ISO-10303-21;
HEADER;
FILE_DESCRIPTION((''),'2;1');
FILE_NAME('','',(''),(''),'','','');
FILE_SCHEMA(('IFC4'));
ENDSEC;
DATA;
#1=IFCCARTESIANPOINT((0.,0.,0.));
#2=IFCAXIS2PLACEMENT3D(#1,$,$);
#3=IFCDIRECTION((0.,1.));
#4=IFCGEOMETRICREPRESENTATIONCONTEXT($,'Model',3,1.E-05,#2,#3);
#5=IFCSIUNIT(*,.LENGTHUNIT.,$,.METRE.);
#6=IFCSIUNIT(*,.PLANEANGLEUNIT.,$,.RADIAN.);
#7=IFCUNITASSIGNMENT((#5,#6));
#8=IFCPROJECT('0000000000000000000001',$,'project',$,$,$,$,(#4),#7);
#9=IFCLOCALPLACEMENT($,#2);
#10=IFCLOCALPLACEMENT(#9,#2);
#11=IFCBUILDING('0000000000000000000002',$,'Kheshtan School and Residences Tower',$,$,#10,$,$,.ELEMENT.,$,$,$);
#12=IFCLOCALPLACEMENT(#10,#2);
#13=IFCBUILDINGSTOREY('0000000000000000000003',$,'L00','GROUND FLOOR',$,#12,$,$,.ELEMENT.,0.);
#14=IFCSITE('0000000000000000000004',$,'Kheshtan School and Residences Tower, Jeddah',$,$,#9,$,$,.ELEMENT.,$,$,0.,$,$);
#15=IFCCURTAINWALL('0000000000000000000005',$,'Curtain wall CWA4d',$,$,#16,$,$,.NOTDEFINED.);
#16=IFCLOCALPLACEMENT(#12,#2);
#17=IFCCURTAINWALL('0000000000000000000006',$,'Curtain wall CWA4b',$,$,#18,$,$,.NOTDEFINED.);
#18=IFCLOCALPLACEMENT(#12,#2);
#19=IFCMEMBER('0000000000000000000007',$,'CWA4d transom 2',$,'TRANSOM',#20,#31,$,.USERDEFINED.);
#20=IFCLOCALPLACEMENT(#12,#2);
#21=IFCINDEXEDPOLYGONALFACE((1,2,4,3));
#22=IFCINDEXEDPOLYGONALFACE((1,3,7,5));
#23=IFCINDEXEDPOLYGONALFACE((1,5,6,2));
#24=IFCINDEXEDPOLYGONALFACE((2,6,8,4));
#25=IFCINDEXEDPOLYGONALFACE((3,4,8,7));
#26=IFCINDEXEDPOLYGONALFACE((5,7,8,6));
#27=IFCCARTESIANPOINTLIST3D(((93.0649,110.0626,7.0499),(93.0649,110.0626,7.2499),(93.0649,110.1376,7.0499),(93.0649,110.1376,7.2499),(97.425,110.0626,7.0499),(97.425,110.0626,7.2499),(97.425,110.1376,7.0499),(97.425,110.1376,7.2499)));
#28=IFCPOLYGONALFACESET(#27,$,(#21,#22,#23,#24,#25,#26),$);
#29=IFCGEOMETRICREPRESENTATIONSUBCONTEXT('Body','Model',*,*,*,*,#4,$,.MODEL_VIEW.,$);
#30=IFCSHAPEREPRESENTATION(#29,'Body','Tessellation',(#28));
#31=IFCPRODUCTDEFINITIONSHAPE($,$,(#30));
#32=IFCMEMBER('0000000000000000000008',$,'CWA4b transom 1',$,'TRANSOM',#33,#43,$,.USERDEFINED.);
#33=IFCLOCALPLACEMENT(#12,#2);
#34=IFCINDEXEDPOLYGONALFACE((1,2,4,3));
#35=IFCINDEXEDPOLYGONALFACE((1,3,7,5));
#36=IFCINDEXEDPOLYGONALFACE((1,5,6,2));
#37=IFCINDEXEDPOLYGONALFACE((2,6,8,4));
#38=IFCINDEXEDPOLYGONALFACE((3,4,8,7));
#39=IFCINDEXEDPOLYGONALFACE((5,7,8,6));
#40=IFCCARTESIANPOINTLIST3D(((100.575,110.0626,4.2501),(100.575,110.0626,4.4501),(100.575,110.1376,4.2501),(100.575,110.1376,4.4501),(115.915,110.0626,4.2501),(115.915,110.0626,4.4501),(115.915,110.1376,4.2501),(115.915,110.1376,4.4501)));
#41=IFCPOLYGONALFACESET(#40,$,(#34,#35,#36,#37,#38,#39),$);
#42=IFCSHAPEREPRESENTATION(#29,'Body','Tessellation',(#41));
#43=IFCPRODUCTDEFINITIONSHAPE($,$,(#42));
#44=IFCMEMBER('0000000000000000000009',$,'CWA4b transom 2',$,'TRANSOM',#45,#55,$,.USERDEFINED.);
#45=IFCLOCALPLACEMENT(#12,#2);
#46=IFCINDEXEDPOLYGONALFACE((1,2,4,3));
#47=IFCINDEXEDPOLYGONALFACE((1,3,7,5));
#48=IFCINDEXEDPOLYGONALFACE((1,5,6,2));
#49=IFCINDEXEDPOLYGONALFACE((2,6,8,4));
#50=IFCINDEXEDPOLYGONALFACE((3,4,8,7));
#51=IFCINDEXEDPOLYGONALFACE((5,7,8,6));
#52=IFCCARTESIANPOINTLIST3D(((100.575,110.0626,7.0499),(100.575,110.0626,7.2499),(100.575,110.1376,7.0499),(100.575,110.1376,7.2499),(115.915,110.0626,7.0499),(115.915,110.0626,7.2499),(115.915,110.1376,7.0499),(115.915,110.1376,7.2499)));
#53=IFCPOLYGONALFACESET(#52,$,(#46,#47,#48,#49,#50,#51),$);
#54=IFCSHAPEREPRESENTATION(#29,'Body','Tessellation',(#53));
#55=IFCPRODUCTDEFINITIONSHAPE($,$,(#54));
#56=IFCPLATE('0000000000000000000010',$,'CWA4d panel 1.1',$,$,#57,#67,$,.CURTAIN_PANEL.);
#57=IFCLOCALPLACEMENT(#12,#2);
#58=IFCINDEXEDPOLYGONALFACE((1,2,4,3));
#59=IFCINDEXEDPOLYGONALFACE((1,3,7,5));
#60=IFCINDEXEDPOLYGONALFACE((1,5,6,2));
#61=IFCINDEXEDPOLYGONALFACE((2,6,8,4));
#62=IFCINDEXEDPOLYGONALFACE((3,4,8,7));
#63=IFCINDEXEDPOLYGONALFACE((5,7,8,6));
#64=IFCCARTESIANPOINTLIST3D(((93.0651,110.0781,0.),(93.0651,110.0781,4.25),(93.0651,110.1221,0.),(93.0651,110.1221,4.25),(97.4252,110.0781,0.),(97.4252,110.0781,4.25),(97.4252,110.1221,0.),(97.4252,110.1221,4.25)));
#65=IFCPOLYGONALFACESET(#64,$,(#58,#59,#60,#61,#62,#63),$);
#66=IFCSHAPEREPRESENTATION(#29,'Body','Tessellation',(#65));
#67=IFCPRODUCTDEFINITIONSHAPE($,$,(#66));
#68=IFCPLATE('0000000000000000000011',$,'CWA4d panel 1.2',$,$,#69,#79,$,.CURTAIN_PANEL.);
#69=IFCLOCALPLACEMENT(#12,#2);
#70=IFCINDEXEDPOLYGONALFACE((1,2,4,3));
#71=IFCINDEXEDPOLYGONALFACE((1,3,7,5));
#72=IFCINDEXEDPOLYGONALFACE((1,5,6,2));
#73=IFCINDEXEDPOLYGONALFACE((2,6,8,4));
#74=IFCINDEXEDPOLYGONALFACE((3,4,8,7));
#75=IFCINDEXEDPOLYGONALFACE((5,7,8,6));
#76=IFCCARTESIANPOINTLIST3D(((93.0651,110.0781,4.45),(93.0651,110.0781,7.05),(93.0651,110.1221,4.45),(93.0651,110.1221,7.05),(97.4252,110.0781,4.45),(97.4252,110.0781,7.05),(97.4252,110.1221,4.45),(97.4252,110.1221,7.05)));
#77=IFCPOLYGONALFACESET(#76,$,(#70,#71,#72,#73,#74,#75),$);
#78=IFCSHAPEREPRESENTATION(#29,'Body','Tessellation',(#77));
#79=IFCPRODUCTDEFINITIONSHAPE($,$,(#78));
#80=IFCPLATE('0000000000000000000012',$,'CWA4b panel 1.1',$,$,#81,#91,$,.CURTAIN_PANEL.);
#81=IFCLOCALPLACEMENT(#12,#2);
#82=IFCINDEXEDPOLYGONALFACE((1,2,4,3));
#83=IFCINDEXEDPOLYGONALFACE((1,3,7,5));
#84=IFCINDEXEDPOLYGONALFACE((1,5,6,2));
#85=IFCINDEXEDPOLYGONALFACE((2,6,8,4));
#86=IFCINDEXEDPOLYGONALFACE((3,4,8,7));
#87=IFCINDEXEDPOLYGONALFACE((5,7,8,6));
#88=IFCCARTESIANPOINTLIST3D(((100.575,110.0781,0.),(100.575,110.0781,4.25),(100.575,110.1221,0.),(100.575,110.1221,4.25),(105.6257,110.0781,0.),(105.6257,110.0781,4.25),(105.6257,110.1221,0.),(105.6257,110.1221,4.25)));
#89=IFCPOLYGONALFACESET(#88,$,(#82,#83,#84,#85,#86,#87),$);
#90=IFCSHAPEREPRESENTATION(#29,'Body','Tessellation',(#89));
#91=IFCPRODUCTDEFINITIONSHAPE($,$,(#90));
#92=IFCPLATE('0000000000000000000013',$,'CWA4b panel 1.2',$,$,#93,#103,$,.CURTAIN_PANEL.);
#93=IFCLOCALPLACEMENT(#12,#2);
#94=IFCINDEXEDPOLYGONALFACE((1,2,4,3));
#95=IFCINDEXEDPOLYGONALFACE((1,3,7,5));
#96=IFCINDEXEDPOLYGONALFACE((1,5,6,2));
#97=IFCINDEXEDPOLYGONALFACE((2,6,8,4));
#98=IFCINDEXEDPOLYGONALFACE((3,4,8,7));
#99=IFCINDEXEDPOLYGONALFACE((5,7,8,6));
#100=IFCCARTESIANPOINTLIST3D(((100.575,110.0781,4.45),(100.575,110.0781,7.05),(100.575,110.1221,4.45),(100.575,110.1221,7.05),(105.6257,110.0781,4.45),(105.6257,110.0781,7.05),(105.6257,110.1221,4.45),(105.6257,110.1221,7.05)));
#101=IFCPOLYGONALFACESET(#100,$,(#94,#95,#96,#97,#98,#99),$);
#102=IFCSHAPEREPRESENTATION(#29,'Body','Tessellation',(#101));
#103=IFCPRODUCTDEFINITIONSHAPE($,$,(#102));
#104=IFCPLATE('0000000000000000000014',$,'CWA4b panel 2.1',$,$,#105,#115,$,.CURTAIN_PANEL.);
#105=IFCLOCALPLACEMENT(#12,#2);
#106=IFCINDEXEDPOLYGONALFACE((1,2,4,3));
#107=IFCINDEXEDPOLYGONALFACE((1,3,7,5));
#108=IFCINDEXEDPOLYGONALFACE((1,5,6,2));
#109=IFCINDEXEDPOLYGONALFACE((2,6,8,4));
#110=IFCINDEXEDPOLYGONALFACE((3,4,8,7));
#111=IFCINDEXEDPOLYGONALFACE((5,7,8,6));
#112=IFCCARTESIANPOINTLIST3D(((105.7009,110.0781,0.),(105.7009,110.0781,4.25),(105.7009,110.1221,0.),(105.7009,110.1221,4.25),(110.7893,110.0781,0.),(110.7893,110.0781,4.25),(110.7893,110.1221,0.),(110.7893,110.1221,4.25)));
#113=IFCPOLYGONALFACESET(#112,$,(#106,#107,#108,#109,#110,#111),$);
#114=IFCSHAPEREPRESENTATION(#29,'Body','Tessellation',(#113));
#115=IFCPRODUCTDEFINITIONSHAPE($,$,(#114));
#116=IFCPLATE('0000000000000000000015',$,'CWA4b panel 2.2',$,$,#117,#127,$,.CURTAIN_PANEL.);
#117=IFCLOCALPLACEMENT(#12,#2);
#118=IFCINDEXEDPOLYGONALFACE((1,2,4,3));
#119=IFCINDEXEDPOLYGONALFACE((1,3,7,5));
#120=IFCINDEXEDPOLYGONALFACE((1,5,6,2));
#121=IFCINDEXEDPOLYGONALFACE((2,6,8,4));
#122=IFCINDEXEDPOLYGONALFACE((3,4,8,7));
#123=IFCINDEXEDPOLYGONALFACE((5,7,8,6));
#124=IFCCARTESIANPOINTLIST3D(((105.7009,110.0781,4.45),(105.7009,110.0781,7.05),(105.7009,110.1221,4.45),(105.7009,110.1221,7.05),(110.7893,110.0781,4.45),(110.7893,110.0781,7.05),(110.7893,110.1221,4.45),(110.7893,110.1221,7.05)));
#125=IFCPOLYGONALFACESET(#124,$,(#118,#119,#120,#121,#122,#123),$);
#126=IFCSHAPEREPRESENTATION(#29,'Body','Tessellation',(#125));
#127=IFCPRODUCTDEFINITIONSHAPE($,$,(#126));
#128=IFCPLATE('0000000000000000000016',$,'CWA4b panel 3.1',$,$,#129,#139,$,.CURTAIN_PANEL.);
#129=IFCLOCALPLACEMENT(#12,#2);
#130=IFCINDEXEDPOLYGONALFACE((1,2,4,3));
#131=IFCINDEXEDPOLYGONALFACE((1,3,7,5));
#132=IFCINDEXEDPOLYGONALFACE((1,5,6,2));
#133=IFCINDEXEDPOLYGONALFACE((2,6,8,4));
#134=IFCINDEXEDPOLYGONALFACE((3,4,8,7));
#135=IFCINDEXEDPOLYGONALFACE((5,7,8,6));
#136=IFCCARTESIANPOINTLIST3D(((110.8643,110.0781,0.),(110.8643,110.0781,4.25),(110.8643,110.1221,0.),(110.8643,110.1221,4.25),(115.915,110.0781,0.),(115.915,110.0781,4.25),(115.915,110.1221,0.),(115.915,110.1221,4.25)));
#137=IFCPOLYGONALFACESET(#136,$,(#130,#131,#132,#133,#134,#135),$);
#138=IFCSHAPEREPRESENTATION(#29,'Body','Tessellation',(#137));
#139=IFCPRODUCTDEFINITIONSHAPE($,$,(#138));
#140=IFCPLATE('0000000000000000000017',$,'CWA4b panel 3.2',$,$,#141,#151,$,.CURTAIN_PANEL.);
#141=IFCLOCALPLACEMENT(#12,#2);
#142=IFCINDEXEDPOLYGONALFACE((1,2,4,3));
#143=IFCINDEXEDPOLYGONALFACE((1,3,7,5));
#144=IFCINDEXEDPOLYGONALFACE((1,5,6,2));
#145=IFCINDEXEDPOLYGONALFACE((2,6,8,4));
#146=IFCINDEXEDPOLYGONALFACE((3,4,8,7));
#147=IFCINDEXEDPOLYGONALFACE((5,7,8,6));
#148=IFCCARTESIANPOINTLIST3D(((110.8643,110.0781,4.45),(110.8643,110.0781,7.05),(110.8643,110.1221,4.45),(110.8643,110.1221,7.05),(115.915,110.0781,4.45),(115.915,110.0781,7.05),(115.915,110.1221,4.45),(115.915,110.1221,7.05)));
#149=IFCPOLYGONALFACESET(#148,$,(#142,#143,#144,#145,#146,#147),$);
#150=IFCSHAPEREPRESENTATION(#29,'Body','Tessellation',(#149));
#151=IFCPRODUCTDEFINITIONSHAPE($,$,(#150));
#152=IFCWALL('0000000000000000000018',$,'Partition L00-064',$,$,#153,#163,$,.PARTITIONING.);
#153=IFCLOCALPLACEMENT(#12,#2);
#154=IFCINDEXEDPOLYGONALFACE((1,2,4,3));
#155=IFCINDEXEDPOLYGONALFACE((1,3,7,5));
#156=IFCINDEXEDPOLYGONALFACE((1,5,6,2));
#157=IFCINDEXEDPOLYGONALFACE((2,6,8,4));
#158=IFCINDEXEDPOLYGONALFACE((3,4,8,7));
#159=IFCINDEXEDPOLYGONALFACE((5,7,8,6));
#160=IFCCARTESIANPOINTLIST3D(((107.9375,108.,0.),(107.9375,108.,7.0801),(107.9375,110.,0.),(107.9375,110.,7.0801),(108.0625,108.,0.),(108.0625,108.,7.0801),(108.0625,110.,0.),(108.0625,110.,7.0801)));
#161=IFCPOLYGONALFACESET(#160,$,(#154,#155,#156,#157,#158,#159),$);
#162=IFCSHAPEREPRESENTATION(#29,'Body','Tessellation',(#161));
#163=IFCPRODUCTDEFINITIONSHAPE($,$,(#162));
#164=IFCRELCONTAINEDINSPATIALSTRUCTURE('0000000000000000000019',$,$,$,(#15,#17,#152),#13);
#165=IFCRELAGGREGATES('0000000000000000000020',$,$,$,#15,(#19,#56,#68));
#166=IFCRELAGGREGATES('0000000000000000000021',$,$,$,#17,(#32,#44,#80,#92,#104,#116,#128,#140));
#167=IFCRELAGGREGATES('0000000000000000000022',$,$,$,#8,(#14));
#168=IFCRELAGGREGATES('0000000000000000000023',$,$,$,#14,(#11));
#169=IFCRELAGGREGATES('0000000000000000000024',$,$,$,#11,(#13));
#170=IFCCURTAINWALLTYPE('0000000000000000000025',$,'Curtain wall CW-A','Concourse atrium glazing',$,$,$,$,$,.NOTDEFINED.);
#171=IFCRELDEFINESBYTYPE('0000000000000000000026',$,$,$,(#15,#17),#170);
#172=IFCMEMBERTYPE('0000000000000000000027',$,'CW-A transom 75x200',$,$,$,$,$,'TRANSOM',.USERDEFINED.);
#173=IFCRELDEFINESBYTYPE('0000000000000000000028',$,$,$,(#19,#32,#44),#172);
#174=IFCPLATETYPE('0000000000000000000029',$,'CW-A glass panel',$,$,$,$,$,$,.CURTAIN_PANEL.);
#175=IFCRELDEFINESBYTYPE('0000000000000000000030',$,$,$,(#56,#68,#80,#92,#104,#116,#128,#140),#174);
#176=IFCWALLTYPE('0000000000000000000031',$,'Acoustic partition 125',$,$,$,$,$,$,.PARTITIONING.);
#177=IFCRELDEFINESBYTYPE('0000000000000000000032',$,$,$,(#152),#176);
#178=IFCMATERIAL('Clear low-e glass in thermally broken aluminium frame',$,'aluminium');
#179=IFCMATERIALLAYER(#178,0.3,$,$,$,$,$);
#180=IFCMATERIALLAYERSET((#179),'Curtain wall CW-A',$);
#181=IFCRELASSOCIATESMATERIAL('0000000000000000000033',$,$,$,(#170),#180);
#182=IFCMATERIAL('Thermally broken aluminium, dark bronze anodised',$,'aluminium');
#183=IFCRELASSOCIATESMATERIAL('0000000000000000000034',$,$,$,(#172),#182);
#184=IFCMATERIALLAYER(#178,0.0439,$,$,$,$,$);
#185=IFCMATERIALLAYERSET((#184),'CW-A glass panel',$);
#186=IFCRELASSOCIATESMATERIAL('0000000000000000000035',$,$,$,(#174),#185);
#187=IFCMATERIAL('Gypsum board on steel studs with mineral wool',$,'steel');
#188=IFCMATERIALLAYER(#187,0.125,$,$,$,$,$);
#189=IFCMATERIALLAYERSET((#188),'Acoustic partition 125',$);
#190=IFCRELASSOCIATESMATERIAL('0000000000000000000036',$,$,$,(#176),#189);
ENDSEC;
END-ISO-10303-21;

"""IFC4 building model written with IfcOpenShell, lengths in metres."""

from ifc_helpers import new_model, si_unit, direction, frame, frame_2d, origin, origin_2d, place, context, subcontext, project, spatial, rectangle, extrude, material, layer, layer_set, material_profile, profile_set, type_object, element, aggregate, save


model = new_model("IFC4")

# Units and contexts
model_context = context("Model", 3, precision=1e-05, world=origin(), true_north=direction((0.0, 1.0)))
body_context = subcontext(model_context, "Body", "Model", "MODEL_VIEW")
ifc_project = project(units=[si_unit("LENGTHUNIT", "METRE"), si_unit("PLANEANGLEUNIT", "RADIAN")], contexts=[model_context])

# Site, building, storey
site_placement = place(None, origin())
site = spatial("IfcSite", under=ifc_project, at=site_placement, Name="Kheshtan School and Residences Tower, Jeddah", CompositionType="ELEMENT", RefElevation=0.0)
building_placement = place(site_placement, origin())
building = spatial("IfcBuilding", under=site, at=building_placement, Name="Kheshtan School and Residences Tower", CompositionType="ELEMENT")
storey_placement = place(building_placement, origin())
storey = spatial("IfcBuildingStorey", under=building, at=storey_placement, Name="L00", Description="GROUND FLOOR", CompositionType="ELEMENT", Elevation=0.0)

# Curtain walls
ifc_material_1 = material(Name="Clear low-e glass in thermally broken aluminium frame", Category="aluminium")
ifc_layer_1 = layer(ifc_material_1, 0.3)
ifc_layer_set_1 = layer_set([ifc_layer_1], Name="Curtain wall CW-A")
curtain_wall_type = type_object("IfcCurtainWallType", Name="Curtain wall CW-A", Description="Concourse atrium glazing", PredefinedType="NOTDEFINED", material=ifc_layer_set_1)
curtain_wall_1_placement = place(storey_placement, origin())
curtain_wall_1 = element("IfcCurtainWall", 1, at=curtain_wall_1_placement, inside=storey, type_object=curtain_wall_type, Name="Curtain wall CWA4d", PredefinedType="NOTDEFINED")
ifc_material_2 = material(Name="Thermally broken aluminium, dark bronze anodised", Category="aluminium")
curtain_wall_2_placement = place(storey_placement, origin())
curtain_wall_2 = element("IfcCurtainWall", 2, at=curtain_wall_2_placement, inside=storey, type_object=curtain_wall_type, Name="Curtain wall CWA4b", PredefinedType="NOTDEFINED")

# Members
ifc_material_profile_1 = material_profile(ifc_material_2, rectangle(XDim=0.075, YDim=0.2, at=origin_2d()), Name="CW-A transom 75x200")
ifc_profile_set_1 = profile_set([ifc_material_profile_1], Name="Thermally broken aluminium, dark bronze anodised")
member_type_1 = type_object("IfcMemberType", Name="CW-A transom 75x200", ElementType="TRANSOM", PredefinedType="USERDEFINED", material=ifc_profile_set_1)
member_1_placement = place(storey_placement, frame((93.0649, 110.1001, 7.1499), z_axis=(1.0, 0.0, 0.0), x_axis=(0.0, 1.0, 0.0)))
member_1 = element("IfcMember", 3, at=member_1_placement, type_object=member_type_1, Name="CWA4d transom 2", ObjectType="TRANSOM", PredefinedType="USERDEFINED", context=body_context, shape_type="SweptSolid", body=[
    extrude(rectangle(XDim=0.075, YDim=0.2, at=origin_2d()), origin(), (0.0, 0.0, 1.0), 4.3601),
])
member_2_placement = place(storey_placement, frame((100.575, 110.1001, 4.3501), z_axis=(1.0, 0.0, 0.0), x_axis=(0.0, 1.0, 0.0)))
member_2 = element("IfcMember", 4, at=member_2_placement, type_object=member_type_1, Name="CWA4b transom 1", ObjectType="TRANSOM", PredefinedType="USERDEFINED", context=body_context, shape_type="SweptSolid", body=[
    extrude(rectangle(XDim=0.075, YDim=0.2, at=origin_2d()), origin(), (0.0, 0.0, 1.0), 15.3401),
])
member_3_placement = place(storey_placement, frame((100.575, 110.1001, 7.1499), z_axis=(1.0, 0.0, 0.0), x_axis=(0.0, 1.0, 0.0)))
member_3 = element("IfcMember", 5, at=member_3_placement, type_object=member_type_1, Name="CWA4b transom 2", ObjectType="TRANSOM", PredefinedType="USERDEFINED", context=body_context, shape_type="SweptSolid", body=[
    extrude(rectangle(XDim=0.075, YDim=0.2, at=origin_2d()), origin(), (0.0, 0.0, 1.0), 15.3401),
])

# Plates
ifc_layer_2 = layer(ifc_material_1, 0.0439)
ifc_layer_set_2 = layer_set([ifc_layer_2], Name="CW-A glass panel")
plate_type = type_object("IfcPlateType", Name="CW-A glass panel", PredefinedType="CURTAIN_PANEL", material=ifc_layer_set_2)
plate_1_placement = place(storey_placement, frame((95.2451, 110.1001, 0.0), z_axis=(0.0, 0.0, 1.0), x_axis=(1.0, 0.0, 0.0)))
plate_1 = element("IfcPlate", 6, at=plate_1_placement, type_object=plate_type, Name="CWA4d panel 1.1", PredefinedType="CURTAIN_PANEL", context=body_context, shape_type="SweptSolid", body=[
    extrude(rectangle(XDim=4.3601, YDim=0.0439, at=origin_2d()), origin(), (0.0, 0.0, 1.0), 4.25),
])
plate_2_placement = place(storey_placement, frame((95.2451, 110.1001, 4.45), z_axis=(0.0, 0.0, 1.0), x_axis=(1.0, 0.0, 0.0)))
plate_2 = element("IfcPlate", 7, at=plate_2_placement, type_object=plate_type, Name="CWA4d panel 1.2", PredefinedType="CURTAIN_PANEL", context=body_context, shape_type="SweptSolid", body=[
    extrude(rectangle(XDim=4.3601, YDim=0.0439, at=origin_2d()), origin(), (0.0, 0.0, 1.0), 2.6001),
])
aggregate(curtain_wall_1, [member_1, plate_1, plate_2])
plate_3_placement = place(storey_placement, frame((103.1003, 110.1001, 0.0), z_axis=(0.0, 0.0, 1.0), x_axis=(1.0, 0.0, 0.0)))
plate_3 = element("IfcPlate", 8, at=plate_3_placement, type_object=plate_type, Name="CWA4b panel 1.1", PredefinedType="CURTAIN_PANEL", context=body_context, shape_type="SweptSolid", body=[
    extrude(rectangle(XDim=5.0508, YDim=0.0439, at=origin_2d()), origin(), (0.0, 0.0, 1.0), 4.25),
])
plate_4_placement = place(storey_placement, frame((103.1003, 110.1001, 4.45), z_axis=(0.0, 0.0, 1.0), x_axis=(1.0, 0.0, 0.0)))
plate_4 = element("IfcPlate", 9, at=plate_4_placement, type_object=plate_type, Name="CWA4b panel 1.2", PredefinedType="CURTAIN_PANEL", context=body_context, shape_type="SweptSolid", body=[
    extrude(rectangle(XDim=5.0508, YDim=0.0439, at=origin_2d()), origin(), (0.0, 0.0, 1.0), 2.6001),
])
plate_5_placement = place(storey_placement, frame((108.2451, 110.1001, 0.0), z_axis=(0.0, 0.0, 1.0), x_axis=(1.0, 0.0, 0.0)))
plate_5 = element("IfcPlate", 10, at=plate_5_placement, type_object=plate_type, Name="CWA4b panel 2.1", PredefinedType="CURTAIN_PANEL", context=body_context, shape_type="SweptSolid", body=[
    extrude(rectangle(XDim=5.0884, YDim=0.0439, at=origin_2d()), origin(), (0.0, 0.0, 1.0), 4.25),
])
plate_6_placement = place(storey_placement, frame((108.2451, 110.1001, 4.45), z_axis=(0.0, 0.0, 1.0), x_axis=(1.0, 0.0, 0.0)))
plate_6 = element("IfcPlate", 11, at=plate_6_placement, type_object=plate_type, Name="CWA4b panel 2.2", PredefinedType="CURTAIN_PANEL", context=body_context, shape_type="SweptSolid", body=[
    extrude(rectangle(XDim=5.0884, YDim=0.0439, at=origin_2d()), origin(), (0.0, 0.0, 1.0), 2.6001),
])
plate_7_placement = place(storey_placement, frame((113.3896, 110.1001, 0.0), z_axis=(0.0, 0.0, 1.0), x_axis=(1.0, 0.0, 0.0)))
plate_7 = element("IfcPlate", 12, at=plate_7_placement, type_object=plate_type, Name="CWA4b panel 3.1", PredefinedType="CURTAIN_PANEL", context=body_context, shape_type="SweptSolid", body=[
    extrude(rectangle(XDim=5.0508, YDim=0.0439, at=origin_2d()), origin(), (0.0, 0.0, 1.0), 4.25),
])
plate_8_placement = place(storey_placement, frame((113.3896, 110.1001, 4.45), z_axis=(0.0, 0.0, 1.0), x_axis=(1.0, 0.0, 0.0)))
plate_8 = element("IfcPlate", 13, at=plate_8_placement, type_object=plate_type, Name="CWA4b panel 3.2", PredefinedType="CURTAIN_PANEL", context=body_context, shape_type="SweptSolid", body=[
    extrude(rectangle(XDim=5.0508, YDim=0.0439, at=origin_2d()), origin(), (0.0, 0.0, 1.0), 2.6001),
])
aggregate(curtain_wall_2, [member_2, member_3, plate_3, plate_4, plate_5, plate_6, plate_7, plate_8])

# Wall
ifc_material_3 = material(Name="Gypsum board on steel studs with mineral wool", Category="steel")
ifc_layer_3 = layer(ifc_material_3, 0.125)
ifc_layer_set_3 = layer_set([ifc_layer_3], Name="Acoustic partition 125")
wall_type_1 = type_object("IfcWallType", Name="Acoustic partition 125", PredefinedType="PARTITIONING", material=ifc_layer_set_3)
wall_1_placement = place(storey_placement, frame((108.0, 108.0, 0.0), z_axis=(0.0, 0.0, 1.0), x_axis=(0.0, 1.0, 0.0)))
element("IfcWall", 14, at=wall_1_placement, inside=storey, type_object=wall_type_1, Name="Partition L00-064", PredefinedType="PARTITIONING", context=body_context, shape_type="SweptSolid", body=[
    extrude(rectangle(XDim=2.0, YDim=0.125, at=frame_2d((1.0, 0.0))), origin(), (0.0, 0.0, 1.0), 7.0801),
])

save(model, "model.ifc")
